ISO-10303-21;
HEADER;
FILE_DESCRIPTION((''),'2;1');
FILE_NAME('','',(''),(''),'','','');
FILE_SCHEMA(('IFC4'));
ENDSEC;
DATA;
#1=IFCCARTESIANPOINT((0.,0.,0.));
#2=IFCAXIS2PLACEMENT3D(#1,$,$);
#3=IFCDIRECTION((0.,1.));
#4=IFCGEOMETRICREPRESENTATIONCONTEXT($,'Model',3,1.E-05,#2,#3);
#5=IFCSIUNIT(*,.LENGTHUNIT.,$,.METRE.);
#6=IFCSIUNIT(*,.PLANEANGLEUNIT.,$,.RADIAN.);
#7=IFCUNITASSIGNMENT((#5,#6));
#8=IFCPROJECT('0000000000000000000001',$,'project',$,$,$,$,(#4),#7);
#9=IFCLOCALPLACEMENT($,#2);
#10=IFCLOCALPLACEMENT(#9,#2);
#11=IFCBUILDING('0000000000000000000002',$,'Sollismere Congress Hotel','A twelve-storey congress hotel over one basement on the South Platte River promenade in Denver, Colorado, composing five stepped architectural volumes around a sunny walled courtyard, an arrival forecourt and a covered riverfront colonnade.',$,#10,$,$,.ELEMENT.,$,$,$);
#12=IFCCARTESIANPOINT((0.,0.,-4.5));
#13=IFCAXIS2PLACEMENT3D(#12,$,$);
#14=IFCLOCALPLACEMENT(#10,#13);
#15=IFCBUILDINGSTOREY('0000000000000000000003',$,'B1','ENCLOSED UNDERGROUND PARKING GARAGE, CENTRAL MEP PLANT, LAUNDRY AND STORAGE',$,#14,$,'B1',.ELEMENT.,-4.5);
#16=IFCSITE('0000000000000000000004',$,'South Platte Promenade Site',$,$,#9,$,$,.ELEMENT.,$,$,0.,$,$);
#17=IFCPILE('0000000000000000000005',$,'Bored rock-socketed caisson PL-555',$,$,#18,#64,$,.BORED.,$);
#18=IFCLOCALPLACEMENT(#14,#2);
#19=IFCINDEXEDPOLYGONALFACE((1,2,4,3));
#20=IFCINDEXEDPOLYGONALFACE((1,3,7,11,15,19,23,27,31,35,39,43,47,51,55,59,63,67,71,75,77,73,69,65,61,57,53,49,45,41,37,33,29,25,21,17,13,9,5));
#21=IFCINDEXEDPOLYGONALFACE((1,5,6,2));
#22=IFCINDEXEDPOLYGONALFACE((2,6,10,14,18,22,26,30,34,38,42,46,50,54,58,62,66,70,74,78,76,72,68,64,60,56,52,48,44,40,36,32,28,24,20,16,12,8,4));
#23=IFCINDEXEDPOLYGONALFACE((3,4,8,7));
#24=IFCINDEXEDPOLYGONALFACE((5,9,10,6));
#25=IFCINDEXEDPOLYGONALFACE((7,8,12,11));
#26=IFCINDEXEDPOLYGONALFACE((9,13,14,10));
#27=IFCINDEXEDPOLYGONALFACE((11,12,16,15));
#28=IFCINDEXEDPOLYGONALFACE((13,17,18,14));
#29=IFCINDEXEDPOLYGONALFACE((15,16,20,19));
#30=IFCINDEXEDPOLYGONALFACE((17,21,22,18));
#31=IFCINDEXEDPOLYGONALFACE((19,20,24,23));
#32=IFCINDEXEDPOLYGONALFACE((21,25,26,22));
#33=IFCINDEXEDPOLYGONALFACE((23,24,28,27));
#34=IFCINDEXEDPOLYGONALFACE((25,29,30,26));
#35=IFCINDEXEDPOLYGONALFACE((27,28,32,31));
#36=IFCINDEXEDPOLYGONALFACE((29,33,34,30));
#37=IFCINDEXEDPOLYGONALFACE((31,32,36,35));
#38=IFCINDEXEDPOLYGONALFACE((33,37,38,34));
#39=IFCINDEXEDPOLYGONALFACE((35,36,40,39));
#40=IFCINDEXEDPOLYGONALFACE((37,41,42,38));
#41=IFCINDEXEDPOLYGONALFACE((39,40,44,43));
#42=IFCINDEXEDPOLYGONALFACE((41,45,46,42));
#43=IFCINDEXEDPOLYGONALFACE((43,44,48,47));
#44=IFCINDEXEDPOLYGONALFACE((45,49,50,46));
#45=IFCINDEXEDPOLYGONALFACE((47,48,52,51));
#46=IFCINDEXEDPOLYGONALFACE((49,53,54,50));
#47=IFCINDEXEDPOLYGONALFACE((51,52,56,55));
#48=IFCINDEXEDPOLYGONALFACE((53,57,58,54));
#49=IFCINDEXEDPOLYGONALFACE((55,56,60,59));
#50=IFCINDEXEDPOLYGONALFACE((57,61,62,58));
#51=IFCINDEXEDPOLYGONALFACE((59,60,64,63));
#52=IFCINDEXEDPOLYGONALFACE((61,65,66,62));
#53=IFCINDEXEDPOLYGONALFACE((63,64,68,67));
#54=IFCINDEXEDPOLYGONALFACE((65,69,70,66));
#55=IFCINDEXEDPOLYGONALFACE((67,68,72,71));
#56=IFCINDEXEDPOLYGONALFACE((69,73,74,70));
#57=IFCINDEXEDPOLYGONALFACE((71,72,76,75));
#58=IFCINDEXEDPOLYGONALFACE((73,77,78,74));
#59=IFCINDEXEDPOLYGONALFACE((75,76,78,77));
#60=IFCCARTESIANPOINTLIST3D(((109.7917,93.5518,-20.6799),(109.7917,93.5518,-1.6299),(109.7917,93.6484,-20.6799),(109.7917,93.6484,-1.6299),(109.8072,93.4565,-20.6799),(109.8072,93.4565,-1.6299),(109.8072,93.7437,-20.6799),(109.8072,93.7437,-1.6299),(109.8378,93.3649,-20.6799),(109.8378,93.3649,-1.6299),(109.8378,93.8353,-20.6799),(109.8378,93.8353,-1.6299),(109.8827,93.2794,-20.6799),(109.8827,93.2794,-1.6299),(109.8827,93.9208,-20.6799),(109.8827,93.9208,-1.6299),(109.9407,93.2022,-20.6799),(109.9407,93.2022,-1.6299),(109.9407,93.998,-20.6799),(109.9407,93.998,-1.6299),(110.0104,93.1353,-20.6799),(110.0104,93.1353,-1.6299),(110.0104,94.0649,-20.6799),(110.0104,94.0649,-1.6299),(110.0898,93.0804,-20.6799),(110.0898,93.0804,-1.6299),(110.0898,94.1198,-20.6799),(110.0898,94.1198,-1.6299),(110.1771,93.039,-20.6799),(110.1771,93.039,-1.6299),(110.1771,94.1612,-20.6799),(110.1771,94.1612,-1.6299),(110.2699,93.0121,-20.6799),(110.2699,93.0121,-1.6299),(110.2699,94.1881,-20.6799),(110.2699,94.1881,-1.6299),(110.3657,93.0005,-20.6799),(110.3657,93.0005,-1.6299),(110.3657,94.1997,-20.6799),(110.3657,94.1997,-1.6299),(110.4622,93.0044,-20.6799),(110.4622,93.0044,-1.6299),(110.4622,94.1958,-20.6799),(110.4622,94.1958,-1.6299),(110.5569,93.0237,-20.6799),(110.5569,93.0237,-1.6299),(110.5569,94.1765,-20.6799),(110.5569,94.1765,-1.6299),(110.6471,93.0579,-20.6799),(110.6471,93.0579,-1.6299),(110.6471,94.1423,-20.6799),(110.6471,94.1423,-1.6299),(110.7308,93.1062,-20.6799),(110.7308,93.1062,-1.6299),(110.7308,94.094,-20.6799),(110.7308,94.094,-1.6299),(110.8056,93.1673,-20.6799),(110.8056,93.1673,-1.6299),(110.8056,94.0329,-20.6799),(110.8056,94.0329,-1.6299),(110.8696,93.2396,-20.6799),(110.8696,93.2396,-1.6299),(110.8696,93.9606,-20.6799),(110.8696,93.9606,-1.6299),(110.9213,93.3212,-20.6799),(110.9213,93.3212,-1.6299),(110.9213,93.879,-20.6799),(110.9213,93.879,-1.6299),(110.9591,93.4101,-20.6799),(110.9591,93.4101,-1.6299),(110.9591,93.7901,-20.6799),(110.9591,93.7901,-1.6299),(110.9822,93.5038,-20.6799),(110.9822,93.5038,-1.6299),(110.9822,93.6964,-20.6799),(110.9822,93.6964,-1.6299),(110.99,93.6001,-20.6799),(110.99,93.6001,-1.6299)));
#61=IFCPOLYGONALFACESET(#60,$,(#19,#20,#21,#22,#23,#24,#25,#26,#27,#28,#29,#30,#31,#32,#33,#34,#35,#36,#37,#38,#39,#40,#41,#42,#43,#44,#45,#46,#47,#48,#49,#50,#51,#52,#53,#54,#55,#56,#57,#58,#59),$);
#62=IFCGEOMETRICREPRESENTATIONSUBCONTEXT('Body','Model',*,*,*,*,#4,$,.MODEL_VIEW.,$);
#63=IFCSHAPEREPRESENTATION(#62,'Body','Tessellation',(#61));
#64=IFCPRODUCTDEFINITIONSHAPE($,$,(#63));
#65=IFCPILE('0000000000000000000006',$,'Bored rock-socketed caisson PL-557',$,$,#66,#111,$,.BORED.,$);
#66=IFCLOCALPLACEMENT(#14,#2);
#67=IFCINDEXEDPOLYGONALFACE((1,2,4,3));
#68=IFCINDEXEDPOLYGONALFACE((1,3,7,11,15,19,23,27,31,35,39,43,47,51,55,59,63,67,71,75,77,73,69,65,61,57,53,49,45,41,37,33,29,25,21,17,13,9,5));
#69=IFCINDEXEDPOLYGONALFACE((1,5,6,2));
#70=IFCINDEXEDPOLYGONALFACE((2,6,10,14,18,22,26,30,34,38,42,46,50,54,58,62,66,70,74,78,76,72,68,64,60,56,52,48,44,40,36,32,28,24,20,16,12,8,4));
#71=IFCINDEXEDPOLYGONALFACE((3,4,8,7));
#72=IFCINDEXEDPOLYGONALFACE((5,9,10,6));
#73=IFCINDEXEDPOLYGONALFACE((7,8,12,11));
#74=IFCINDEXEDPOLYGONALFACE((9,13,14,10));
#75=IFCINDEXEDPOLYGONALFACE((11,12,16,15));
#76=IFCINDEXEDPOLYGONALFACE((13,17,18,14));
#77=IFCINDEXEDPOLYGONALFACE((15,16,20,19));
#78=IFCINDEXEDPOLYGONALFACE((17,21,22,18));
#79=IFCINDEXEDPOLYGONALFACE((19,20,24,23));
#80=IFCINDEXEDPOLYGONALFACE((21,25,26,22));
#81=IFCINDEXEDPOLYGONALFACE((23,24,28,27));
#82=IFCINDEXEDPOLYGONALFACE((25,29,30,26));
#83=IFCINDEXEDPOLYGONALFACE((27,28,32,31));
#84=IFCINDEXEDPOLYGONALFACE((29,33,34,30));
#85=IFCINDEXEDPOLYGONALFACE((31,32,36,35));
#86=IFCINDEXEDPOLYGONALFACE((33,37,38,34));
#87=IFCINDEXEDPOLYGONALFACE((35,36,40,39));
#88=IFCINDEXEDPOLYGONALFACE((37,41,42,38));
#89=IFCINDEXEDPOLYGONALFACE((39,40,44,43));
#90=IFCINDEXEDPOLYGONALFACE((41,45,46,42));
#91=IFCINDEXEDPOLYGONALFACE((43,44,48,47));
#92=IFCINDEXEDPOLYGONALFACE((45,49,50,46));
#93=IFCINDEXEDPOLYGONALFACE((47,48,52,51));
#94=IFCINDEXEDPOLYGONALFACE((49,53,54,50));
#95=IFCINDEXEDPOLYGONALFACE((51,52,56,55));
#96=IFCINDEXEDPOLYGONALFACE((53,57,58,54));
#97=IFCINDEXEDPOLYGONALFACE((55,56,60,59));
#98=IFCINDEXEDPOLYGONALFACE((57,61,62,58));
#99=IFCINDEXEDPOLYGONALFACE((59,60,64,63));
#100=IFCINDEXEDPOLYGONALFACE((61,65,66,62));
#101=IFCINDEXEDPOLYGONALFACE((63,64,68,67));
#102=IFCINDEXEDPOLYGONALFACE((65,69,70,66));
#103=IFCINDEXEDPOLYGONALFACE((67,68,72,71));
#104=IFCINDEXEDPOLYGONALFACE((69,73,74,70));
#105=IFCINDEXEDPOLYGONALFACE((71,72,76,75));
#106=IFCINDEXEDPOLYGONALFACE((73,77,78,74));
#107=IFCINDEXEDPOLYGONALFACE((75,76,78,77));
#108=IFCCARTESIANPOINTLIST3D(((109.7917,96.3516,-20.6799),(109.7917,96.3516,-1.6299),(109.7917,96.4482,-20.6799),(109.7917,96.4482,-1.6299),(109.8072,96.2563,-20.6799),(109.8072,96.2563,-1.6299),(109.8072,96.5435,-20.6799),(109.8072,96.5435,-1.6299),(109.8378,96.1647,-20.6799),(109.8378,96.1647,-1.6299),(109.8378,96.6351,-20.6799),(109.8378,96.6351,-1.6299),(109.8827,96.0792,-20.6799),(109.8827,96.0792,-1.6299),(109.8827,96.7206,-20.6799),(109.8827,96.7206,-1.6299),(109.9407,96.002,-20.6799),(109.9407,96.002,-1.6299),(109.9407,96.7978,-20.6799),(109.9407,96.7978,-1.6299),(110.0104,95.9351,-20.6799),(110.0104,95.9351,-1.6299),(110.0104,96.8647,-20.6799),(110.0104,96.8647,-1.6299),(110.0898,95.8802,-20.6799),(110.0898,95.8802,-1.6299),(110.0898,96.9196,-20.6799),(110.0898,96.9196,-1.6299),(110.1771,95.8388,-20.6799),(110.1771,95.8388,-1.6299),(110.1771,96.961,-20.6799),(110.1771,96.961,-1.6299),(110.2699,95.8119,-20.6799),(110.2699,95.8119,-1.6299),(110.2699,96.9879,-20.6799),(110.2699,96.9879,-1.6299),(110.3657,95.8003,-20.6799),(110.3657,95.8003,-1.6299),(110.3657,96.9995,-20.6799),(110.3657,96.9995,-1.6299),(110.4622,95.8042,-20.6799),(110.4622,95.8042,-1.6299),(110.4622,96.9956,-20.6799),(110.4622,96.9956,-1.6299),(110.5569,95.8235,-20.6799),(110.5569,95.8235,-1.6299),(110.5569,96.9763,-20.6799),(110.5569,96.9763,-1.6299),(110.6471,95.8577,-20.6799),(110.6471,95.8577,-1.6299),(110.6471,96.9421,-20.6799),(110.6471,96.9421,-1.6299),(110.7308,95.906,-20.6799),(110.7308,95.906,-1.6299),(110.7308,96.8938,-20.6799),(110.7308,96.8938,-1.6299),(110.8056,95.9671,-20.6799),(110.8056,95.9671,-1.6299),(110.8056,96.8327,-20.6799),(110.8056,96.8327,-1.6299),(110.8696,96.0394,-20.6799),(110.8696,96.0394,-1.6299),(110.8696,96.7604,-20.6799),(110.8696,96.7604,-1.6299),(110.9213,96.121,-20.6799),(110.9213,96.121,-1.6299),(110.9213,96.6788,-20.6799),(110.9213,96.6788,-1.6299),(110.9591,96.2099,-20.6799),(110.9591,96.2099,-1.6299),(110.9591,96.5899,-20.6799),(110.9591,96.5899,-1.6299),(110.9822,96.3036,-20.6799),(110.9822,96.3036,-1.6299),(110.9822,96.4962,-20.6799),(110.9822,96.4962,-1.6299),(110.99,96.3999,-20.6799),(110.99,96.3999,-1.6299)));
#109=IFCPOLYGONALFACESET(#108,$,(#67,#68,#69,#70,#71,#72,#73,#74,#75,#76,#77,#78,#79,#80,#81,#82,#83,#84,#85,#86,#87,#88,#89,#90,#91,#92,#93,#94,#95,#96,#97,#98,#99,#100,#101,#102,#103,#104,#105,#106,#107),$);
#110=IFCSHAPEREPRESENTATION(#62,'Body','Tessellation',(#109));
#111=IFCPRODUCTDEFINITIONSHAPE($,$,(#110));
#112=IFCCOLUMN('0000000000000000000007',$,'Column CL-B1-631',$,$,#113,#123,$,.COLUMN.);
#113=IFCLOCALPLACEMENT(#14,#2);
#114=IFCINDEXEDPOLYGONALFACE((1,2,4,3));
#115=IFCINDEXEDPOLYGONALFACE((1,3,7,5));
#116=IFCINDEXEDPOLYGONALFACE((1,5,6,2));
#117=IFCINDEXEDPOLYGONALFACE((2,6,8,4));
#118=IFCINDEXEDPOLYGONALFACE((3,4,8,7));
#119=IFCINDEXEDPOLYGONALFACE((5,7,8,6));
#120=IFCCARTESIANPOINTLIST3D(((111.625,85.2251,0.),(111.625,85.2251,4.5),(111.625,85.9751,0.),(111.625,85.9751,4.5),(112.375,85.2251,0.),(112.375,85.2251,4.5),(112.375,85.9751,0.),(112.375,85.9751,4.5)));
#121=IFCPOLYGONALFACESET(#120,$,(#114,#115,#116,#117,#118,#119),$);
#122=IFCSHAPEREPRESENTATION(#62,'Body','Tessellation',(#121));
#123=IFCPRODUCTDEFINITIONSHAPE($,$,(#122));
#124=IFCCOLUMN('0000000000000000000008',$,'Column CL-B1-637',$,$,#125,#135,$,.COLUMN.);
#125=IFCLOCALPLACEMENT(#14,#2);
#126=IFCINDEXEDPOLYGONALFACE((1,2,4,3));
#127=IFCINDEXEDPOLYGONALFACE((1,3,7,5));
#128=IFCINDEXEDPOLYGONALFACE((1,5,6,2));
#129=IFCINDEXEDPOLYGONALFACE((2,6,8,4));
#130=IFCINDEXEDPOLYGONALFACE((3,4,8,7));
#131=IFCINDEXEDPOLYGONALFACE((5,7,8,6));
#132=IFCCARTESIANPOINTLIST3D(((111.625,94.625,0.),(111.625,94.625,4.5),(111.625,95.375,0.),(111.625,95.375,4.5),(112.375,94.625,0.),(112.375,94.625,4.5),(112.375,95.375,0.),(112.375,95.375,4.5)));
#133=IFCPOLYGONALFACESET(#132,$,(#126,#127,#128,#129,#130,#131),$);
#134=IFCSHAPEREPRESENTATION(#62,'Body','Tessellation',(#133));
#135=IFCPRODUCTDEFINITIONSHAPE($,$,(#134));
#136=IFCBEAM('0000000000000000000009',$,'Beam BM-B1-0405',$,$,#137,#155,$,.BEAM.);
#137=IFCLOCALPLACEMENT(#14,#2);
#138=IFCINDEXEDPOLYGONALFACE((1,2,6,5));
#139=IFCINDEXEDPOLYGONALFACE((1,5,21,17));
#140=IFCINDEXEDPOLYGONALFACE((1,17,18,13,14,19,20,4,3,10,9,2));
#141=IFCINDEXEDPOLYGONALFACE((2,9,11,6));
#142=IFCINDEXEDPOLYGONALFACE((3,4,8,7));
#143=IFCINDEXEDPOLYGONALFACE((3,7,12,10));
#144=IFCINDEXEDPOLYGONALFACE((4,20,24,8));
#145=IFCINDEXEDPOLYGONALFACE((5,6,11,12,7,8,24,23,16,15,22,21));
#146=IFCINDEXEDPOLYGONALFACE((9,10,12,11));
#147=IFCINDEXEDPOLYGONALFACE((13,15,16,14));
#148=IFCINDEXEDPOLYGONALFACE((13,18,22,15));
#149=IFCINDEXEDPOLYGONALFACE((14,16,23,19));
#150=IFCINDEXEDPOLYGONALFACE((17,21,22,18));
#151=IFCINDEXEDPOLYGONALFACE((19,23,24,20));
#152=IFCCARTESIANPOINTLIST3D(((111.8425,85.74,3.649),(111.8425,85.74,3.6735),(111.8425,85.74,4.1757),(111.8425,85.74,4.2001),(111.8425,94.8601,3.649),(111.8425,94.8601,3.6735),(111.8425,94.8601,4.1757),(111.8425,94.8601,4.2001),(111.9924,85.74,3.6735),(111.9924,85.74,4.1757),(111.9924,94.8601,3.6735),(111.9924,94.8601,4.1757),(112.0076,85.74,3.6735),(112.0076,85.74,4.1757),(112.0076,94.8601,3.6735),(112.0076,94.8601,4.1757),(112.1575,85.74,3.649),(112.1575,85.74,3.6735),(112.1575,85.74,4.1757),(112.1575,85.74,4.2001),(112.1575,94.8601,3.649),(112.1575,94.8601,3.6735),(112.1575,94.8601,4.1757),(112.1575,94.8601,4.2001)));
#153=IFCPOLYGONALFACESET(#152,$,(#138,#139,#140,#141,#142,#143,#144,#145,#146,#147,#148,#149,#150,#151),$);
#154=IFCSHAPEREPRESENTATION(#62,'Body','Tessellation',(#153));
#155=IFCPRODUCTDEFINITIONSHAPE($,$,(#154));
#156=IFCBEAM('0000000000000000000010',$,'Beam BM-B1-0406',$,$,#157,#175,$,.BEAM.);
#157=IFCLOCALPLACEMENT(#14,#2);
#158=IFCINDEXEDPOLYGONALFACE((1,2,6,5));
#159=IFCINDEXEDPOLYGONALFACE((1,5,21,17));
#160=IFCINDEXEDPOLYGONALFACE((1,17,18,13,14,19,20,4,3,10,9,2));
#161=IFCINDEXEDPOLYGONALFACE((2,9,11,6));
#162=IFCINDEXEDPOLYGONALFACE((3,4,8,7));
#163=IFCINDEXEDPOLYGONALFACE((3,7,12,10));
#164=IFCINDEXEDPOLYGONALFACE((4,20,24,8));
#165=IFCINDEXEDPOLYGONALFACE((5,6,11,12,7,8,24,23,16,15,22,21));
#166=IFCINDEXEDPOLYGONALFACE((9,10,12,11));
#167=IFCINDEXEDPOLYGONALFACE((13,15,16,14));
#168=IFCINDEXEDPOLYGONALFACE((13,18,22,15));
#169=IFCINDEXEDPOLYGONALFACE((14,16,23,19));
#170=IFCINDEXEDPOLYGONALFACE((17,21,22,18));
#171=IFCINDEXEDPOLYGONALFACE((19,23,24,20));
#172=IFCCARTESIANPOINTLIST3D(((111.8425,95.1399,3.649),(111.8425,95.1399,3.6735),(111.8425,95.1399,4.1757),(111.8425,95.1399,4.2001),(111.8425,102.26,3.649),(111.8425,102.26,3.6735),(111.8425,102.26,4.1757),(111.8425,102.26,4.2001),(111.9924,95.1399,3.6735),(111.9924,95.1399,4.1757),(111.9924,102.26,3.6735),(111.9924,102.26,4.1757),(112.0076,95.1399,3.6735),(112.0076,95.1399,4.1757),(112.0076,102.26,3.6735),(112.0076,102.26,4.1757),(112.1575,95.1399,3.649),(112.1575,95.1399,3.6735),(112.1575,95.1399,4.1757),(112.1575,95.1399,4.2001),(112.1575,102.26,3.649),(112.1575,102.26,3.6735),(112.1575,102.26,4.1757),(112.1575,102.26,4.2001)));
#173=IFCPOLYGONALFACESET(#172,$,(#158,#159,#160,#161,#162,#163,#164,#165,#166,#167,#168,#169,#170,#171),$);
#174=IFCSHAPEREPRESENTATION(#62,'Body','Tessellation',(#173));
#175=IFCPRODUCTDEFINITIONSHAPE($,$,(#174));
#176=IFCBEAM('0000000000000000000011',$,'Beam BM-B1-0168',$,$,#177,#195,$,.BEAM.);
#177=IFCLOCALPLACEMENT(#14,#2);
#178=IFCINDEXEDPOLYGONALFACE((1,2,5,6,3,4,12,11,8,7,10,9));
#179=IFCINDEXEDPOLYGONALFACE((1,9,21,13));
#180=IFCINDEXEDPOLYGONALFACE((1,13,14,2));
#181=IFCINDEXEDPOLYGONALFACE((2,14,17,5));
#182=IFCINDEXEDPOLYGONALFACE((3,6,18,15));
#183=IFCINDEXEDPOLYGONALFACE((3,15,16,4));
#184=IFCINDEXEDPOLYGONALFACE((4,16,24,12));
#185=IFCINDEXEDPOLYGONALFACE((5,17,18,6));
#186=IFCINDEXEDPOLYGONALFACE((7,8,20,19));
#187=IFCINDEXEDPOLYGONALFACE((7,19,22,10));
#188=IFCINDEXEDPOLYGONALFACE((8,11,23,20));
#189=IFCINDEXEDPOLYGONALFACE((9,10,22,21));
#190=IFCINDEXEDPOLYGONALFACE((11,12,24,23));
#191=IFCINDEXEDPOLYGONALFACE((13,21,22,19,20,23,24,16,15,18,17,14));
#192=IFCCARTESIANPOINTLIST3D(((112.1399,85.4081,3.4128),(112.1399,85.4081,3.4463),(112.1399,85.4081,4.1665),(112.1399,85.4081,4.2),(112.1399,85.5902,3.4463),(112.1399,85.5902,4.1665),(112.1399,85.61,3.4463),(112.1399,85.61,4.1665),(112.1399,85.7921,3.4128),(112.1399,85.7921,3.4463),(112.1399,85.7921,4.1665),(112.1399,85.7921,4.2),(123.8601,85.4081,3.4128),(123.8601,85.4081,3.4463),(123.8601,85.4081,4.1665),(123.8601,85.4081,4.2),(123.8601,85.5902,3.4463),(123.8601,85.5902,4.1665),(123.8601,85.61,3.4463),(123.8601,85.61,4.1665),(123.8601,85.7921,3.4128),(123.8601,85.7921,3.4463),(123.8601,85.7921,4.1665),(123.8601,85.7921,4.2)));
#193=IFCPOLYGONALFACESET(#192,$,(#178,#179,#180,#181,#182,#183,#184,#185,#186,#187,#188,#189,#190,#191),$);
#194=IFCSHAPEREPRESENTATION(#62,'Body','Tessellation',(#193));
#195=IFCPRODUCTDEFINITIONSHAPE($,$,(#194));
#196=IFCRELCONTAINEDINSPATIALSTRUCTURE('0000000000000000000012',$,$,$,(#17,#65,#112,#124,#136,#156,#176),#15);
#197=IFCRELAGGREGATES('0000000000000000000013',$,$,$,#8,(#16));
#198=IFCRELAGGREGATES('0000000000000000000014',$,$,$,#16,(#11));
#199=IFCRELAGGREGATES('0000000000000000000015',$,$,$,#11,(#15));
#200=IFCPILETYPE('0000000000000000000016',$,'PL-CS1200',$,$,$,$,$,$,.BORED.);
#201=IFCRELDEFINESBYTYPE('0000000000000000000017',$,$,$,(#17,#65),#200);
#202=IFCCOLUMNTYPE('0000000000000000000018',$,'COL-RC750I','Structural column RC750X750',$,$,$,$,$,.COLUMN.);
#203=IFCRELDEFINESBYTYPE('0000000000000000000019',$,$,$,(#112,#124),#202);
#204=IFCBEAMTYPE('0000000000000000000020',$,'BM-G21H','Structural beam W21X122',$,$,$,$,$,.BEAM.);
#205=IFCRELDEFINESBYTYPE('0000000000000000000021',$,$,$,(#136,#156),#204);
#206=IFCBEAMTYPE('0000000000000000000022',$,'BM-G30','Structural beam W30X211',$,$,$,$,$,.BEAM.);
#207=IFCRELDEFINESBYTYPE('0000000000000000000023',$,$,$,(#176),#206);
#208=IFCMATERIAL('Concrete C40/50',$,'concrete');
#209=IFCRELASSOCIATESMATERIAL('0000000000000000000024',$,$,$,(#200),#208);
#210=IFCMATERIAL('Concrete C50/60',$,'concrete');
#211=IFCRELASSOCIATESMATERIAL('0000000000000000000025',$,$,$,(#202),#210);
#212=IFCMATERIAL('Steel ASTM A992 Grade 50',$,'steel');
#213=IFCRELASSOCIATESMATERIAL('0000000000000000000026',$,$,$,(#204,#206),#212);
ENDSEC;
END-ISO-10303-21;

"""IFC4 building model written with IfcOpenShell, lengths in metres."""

from ifc_helpers import new_model, si_unit, direction, frame, origin, origin_2d, place, context, subcontext, project, spatial, rectangle, circle, i_section, extrude, material, material_profile, profile_set, type_object, element, save


model = new_model("IFC4")

# Units and contexts
model_context = context("Model", 3, precision=1e-05, world=origin(), true_north=direction((0.0, 1.0)))
body_context = subcontext(model_context, "Body", "Model", "MODEL_VIEW")
ifc_project = project(units=[si_unit("LENGTHUNIT", "METRE"), si_unit("PLANEANGLEUNIT", "RADIAN")], contexts=[model_context])

# Site, building, storey
site_placement = place(None, origin())
site = spatial("IfcSite", under=ifc_project, at=site_placement, Name="South Platte Promenade Site", CompositionType="ELEMENT", RefElevation=0.0)
building_placement = place(site_placement, origin())
building = spatial("IfcBuilding", under=site, at=building_placement, Name="Sollismere Congress Hotel", Description="A twelve-storey congress hotel over one basement on the South Platte River promenade in Denver, Colorado, composing five stepped architectural volumes around a sunny walled courtyard, an arrival forecourt and a covered riverfront colonnade.", CompositionType="ELEMENT")
storey_placement = place(building_placement, frame((0.0, 0.0, -4.5)))
storey = spatial("IfcBuildingStorey", under=building, at=storey_placement, Name="B1", Description="ENCLOSED UNDERGROUND PARKING GARAGE, CENTRAL MEP PLANT, LAUNDRY AND STORAGE", LongName="B1", CompositionType="ELEMENT", Elevation=-4.5)

# Shared definitions
ifc_material_1 = material(Name="Concrete C40/50", Category="concrete")

# Piles
ifc_material_profile_1 = material_profile(ifc_material_1, circle(Radius=0.6001, at=origin_2d()), Name="CAISSON1200")
ifc_profile_set_1 = profile_set([ifc_material_profile_1], Name="Concrete C40/50")
pile_type = type_object("IfcPileType", Name="PL-CS1200", PredefinedType="BORED", material=ifc_profile_set_1)
for number, where, z_axis, x_axis, name in (
    (1, (110.3899, 93.6001, -1.6299), (0.0, 0.0, -1.0), (1.0, 0.0, 0.0), "Bored rock-socketed caisson PL-555"),
    (2, (110.3899, 96.3999, -1.6299), (0.0, 0.0, -1.0), (1.0, 0.0, 0.0), "Bored rock-socketed caisson PL-557"),
):
    element("IfcPile", number, at=place(storey_placement, frame(where, z_axis=z_axis, x_axis=x_axis)), inside=storey, type_object=pile_type, Name=name, PredefinedType="BORED", context=body_context, shape_type="SweptSolid", body=[
        extrude(circle(Radius=0.6001, at=origin_2d()), origin(), (0.0, 0.0, 1.0), 19.05),
    ])

# Columns
ifc_material_2 = material(Name="Concrete C50/60", Category="concrete")
ifc_material_profile_2 = material_profile(ifc_material_2, rectangle(XDim=0.75, YDim=0.75, at=origin_2d()), Name="RC750X750")
ifc_profile_set_2 = profile_set([ifc_material_profile_2], Name="Concrete C50/60")
column_type = type_object("IfcColumnType", Name="COL-RC750I", Description="Structural column RC750X750", PredefinedType="COLUMN", material=ifc_profile_set_2)
for number, where, z_axis, x_axis, name in (
    (3, (112.0, 85.6001, 0.0), (0.0, 0.0, 1.0), (1.0, 0.0, 0.0), "Column CL-B1-631"),
    (4, (112.0, 95.0, 0.0), (0.0, 0.0, 1.0), (1.0, 0.0, 0.0), "Column CL-B1-637"),
):
    element("IfcColumn", number, at=place(storey_placement, frame(where, z_axis=z_axis, x_axis=x_axis)), inside=storey, type_object=column_type, Name=name, PredefinedType="COLUMN", context=body_context, shape_type="SweptSolid", body=[
        extrude(rectangle(XDim=0.75, YDim=0.75, at=origin_2d()), origin(), (0.0, 0.0, 1.0), 4.5),
    ])

# Beams
ifc_material_3 = material(Name="Steel ASTM A992 Grade 50", Category="steel")
ifc_material_profile_3 = material_profile(ifc_material_3, i_section(OverallWidth=0.3149, OverallDepth=0.551, WebThickness=0.0151, FlangeThickness=0.0244, at=origin_2d()), Name="W21X122")
ifc_profile_set_3 = profile_set([ifc_material_profile_3], Name="Steel ASTM A992 Grade 50")
beam_type_1 = type_object("IfcBeamType", Name="BM-G21H", Description="Structural beam W21X122", PredefinedType="BEAM", material=ifc_profile_set_3)
beam_1_placement = place(storey_placement, frame((112.0, 85.74, 3.9246), z_axis=(0.0, 1.0, 0.0), x_axis=(-1.0, 0.0, 0.0)))
element("IfcBeam", 5, at=beam_1_placement, inside=storey, type_object=beam_type_1, Name="Beam BM-B1-0405", PredefinedType="BEAM", context=body_context, shape_type="SweptSolid", body=[
    extrude(i_section(OverallWidth=0.3149, OverallDepth=0.551, WebThickness=0.0151, FlangeThickness=0.0244, at=origin_2d()), origin(), (0.0, 0.0, 1.0), 9.1201),
])
beam_2_placement = place(storey_placement, frame((112.0, 95.1399, 3.9246), z_axis=(0.0, 1.0, 0.0), x_axis=(-1.0, 0.0, 0.0)))
element("IfcBeam", 6, at=beam_2_placement, inside=storey, type_object=beam_type_1, Name="Beam BM-B1-0406", PredefinedType="BEAM", context=body_context, shape_type="SweptSolid", body=[
    extrude(i_section(OverallWidth=0.3149, OverallDepth=0.551, WebThickness=0.0151, FlangeThickness=0.0244, at=origin_2d()), origin(), (0.0, 0.0, 1.0), 7.1201),
])
ifc_material_profile_4 = material_profile(ifc_material_3, i_section(OverallWidth=0.384, OverallDepth=0.7871, WebThickness=0.0198, FlangeThickness=0.0334, at=origin_2d()), Name="W30X211")
ifc_profile_set_4 = profile_set([ifc_material_profile_4], Name="Steel ASTM A992 Grade 50")
beam_type_2 = type_object("IfcBeamType", Name="BM-G30", Description="Structural beam W30X211", PredefinedType="BEAM", material=ifc_profile_set_4)
for number, where, z_axis, x_axis, name in (
    (7, (112.1399, 85.6001, 3.8064), (1.0, 0.0, 0.0), (0.0, 1.0, 0.0), "Beam BM-B1-0168"),
):
    element("IfcBeam", number, at=place(storey_placement, frame(where, z_axis=z_axis, x_axis=x_axis)), inside=storey, type_object=beam_type_2, Name=name, PredefinedType="BEAM", context=body_context, shape_type="SweptSolid", body=[
        extrude(i_section(OverallWidth=0.384, OverallDepth=0.7871, WebThickness=0.0198, FlangeThickness=0.0334, at=origin_2d()), origin(), (0.0, 0.0, 1.0), 11.7202),
    ])

save(model, "model.ifc")
